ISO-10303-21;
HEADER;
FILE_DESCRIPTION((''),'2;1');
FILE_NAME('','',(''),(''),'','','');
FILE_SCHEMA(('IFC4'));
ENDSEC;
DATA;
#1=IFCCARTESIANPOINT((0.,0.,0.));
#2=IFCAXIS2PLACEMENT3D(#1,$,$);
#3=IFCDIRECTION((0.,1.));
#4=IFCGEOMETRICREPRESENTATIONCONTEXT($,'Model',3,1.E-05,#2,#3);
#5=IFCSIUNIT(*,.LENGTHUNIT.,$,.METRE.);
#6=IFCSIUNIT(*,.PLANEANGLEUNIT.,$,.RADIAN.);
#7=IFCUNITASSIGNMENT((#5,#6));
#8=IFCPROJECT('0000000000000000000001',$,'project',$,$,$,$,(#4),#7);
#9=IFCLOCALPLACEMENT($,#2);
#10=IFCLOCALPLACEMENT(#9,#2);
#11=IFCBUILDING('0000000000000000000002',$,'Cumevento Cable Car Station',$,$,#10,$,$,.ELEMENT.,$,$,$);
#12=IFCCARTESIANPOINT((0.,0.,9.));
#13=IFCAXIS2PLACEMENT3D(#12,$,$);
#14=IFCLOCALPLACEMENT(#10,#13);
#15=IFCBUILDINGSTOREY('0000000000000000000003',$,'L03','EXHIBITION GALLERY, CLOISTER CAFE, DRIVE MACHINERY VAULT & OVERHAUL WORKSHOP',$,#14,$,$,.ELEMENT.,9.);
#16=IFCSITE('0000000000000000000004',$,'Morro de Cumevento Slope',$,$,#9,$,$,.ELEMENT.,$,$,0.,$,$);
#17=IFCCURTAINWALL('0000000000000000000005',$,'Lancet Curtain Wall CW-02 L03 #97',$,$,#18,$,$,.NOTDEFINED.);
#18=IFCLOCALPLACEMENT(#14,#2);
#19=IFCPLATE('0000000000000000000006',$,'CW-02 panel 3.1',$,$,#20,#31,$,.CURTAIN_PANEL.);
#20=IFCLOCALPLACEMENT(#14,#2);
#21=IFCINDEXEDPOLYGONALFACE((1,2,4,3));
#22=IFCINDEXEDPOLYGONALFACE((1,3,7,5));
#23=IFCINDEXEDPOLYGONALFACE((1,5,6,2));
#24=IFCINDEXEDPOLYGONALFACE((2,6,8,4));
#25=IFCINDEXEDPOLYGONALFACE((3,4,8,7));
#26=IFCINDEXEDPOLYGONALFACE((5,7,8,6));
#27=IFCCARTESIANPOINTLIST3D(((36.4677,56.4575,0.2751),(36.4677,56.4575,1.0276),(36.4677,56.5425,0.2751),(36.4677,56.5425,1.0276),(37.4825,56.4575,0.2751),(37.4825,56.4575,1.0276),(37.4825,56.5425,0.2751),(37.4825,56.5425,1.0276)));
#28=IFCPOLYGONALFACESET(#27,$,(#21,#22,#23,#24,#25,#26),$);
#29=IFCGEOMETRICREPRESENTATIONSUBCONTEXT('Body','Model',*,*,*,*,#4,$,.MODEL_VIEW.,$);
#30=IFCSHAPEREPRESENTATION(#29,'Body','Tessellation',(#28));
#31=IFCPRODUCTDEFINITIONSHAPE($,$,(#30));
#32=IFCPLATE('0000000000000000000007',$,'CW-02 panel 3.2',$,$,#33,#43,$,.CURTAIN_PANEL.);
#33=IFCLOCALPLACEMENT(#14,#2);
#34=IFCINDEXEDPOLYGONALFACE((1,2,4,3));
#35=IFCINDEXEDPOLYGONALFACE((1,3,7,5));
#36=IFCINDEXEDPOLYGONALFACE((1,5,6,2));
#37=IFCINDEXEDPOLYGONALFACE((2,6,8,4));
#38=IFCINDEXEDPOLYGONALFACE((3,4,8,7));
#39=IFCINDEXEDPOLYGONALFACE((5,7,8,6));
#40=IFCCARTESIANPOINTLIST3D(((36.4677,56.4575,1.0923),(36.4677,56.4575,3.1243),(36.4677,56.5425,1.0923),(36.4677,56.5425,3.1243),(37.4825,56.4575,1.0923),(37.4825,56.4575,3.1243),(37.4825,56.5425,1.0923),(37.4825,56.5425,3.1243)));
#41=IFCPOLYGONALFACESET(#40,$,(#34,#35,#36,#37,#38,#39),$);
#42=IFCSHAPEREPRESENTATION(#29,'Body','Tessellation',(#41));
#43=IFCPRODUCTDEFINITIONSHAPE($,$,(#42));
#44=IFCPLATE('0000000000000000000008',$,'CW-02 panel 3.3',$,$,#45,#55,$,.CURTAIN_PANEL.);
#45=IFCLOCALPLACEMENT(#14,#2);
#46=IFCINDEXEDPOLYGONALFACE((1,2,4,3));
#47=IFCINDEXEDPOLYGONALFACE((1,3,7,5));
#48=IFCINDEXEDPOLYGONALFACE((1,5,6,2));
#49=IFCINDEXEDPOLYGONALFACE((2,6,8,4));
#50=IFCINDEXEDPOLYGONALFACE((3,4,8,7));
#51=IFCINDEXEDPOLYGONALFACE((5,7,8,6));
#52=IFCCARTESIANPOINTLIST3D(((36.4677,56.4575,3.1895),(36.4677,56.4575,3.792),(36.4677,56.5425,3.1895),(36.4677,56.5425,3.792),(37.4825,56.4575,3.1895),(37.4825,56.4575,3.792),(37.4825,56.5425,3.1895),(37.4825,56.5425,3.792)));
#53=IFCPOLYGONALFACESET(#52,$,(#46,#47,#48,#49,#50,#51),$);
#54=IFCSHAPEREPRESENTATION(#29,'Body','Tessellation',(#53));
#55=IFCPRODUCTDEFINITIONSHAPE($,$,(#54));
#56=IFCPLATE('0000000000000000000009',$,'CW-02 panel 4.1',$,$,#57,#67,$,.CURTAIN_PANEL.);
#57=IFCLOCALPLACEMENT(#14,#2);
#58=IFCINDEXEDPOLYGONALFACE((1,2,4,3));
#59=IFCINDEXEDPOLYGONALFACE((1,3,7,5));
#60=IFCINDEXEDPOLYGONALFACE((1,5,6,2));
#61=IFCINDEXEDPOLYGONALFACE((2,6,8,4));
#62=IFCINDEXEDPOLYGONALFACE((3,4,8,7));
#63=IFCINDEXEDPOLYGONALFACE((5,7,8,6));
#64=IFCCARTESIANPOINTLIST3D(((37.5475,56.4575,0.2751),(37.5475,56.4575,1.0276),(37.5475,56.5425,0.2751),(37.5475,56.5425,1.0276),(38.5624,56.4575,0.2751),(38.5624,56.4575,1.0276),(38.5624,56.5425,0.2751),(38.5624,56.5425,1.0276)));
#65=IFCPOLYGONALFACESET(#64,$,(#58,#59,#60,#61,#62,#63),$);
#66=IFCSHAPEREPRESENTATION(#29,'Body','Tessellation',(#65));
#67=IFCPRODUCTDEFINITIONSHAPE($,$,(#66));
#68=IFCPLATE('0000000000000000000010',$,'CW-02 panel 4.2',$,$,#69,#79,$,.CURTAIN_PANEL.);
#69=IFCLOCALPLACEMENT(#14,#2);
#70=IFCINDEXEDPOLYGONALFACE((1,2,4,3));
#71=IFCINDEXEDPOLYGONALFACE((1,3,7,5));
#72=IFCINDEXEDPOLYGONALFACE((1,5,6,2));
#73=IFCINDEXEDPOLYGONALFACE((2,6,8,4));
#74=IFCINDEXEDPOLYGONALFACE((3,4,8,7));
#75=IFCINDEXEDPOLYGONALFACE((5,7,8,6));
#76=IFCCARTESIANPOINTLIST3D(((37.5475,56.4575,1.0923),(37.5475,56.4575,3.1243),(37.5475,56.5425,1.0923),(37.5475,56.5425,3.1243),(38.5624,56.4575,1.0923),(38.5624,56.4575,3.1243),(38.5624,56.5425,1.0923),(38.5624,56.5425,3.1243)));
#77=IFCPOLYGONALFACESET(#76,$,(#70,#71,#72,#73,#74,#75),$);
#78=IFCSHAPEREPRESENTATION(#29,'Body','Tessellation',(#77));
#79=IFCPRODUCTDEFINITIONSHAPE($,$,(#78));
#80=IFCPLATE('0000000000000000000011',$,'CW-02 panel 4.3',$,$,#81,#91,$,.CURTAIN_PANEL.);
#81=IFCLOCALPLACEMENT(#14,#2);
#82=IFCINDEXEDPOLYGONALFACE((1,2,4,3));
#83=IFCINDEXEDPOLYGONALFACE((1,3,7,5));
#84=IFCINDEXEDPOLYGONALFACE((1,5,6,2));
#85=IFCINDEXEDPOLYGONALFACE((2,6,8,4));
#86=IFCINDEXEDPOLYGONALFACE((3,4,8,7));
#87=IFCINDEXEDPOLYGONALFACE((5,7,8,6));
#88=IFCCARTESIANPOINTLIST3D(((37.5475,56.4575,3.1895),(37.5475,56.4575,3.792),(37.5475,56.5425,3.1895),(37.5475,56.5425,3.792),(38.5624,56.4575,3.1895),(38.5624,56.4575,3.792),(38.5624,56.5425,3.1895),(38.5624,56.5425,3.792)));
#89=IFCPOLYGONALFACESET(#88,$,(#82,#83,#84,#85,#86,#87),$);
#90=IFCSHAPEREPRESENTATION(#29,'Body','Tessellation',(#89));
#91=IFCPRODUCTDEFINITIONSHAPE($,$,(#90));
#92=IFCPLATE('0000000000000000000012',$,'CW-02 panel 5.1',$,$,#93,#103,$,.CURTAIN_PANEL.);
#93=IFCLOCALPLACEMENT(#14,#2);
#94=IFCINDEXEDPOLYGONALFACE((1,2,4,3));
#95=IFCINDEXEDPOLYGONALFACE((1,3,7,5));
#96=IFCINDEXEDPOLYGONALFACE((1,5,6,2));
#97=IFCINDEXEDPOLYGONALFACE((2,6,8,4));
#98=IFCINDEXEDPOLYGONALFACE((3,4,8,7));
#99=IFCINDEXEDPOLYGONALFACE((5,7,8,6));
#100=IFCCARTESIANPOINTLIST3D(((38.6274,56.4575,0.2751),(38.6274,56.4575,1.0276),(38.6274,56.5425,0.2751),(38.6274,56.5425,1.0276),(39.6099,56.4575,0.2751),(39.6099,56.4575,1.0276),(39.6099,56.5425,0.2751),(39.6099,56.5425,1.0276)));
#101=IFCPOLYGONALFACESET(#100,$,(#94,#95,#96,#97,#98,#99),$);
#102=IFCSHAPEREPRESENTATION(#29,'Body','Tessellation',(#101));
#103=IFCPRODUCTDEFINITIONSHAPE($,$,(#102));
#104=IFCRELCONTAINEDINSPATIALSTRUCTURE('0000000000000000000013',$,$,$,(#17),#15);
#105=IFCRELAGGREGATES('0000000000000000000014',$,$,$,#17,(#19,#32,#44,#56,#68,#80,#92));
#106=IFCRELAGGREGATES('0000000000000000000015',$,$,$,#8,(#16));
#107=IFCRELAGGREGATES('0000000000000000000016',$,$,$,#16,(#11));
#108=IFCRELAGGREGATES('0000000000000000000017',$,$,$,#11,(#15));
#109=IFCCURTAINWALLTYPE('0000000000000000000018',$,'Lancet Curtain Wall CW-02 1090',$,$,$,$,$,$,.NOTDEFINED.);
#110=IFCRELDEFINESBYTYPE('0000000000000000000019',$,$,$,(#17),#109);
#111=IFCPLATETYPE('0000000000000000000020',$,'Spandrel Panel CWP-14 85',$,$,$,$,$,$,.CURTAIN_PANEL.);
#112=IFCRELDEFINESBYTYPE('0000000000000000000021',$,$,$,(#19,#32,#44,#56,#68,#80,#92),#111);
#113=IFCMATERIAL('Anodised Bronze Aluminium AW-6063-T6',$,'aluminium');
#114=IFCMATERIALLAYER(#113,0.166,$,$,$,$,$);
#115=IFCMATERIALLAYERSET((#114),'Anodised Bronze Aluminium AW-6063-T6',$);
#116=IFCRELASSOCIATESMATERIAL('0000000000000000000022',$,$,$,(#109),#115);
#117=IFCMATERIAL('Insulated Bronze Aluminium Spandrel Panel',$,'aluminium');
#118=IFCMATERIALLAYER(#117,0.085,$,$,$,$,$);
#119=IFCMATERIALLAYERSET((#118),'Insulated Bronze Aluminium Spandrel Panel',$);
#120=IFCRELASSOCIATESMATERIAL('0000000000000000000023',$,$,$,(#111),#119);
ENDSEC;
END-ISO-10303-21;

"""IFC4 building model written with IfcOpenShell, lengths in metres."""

from ifc_helpers import new_model, si_unit, direction, frame, origin, origin_2d, place, context, subcontext, project, spatial, rectangle, extrude, material, layer, layer_set, type_object, element, aggregate, save


model = new_model("IFC4")

# Units and contexts
model_context = context("Model", 3, precision=1e-05, world=origin(), true_north=direction((0.0, 1.0)))
body_context = subcontext(model_context, "Body", "Model", "MODEL_VIEW")
ifc_project = project(units=[si_unit("LENGTHUNIT", "METRE"), si_unit("PLANEANGLEUNIT", "RADIAN")], contexts=[model_context])

# Site, building, storey
site_placement = place(None, origin())
site = spatial("IfcSite", under=ifc_project, at=site_placement, Name="Morro de Cumevento Slope", CompositionType="ELEMENT", RefElevation=0.0)
building_placement = place(site_placement, origin())
building = spatial("IfcBuilding", under=site, at=building_placement, Name="Cumevento Cable Car Station", CompositionType="ELEMENT")
storey_placement = place(building_placement, frame((0.0, 0.0, 9.0)))
storey = spatial("IfcBuildingStorey", under=building, at=storey_placement, Name="L03", Description="EXHIBITION GALLERY, CLOISTER CAFE, DRIVE MACHINERY VAULT & OVERHAUL WORKSHOP", CompositionType="ELEMENT", Elevation=9.0)

# Curtain wall, plates
ifc_material_1 = material(Name="Anodised Bronze Aluminium AW-6063-T6", Category="aluminium")
ifc_layer_1 = layer(ifc_material_1, 0.166)
ifc_layer_set_1 = layer_set([ifc_layer_1], Name="Anodised Bronze Aluminium AW-6063-T6")
curtain_wall_type = type_object("IfcCurtainWallType", Name="Lancet Curtain Wall CW-02 1090", PredefinedType="NOTDEFINED", material=ifc_layer_set_1)
curtain_wall_placement = place(storey_placement, origin())
curtain_wall = element("IfcCurtainWall", 1, at=curtain_wall_placement, inside=storey, type_object=curtain_wall_type, Name="Lancet Curtain Wall CW-02 L03 #97", PredefinedType="NOTDEFINED")
ifc_material_2 = material(Name="Insulated Bronze Aluminium Spandrel Panel", Category="aluminium")
ifc_layer_2 = layer(ifc_material_2, 0.085)
ifc_layer_set_2 = layer_set([ifc_layer_2], Name="Insulated Bronze Aluminium Spandrel Panel")
plate_type = type_object("IfcPlateType", Name="Spandrel Panel CWP-14 85", PredefinedType="CURTAIN_PANEL", material=ifc_layer_set_2)
plate_1_placement = place(storey_placement, frame((36.9751, 56.5, 0.2751), z_axis=(0.0, 0.0, 1.0), x_axis=(1.0, 0.0, 0.0)))
plate_1 = element("IfcPlate", 2, at=plate_1_placement, type_object=plate_type, Name="CW-02 panel 3.1", PredefinedType="CURTAIN_PANEL", context=body_context, shape_type="SweptSolid", body=[
    extrude(rectangle(XDim=1.0149, YDim=0.085, at=origin_2d()), origin(), (0.0, 0.0, 1.0), 0.7524),
])
plate_2_placement = place(storey_placement, frame((36.9751, 56.5, 1.0923), z_axis=(0.0, 0.0, 1.0), x_axis=(1.0, 0.0, 0.0)))
plate_2 = element("IfcPlate", 3, at=plate_2_placement, type_object=plate_type, Name="CW-02 panel 3.2", PredefinedType="CURTAIN_PANEL", context=body_context, shape_type="SweptSolid", body=[
    extrude(rectangle(XDim=1.0149, YDim=0.085, at=origin_2d()), origin(), (0.0, 0.0, 1.0), 2.032),
])
plate_3_placement = place(storey_placement, frame((36.9751, 56.5, 3.1895), z_axis=(0.0, 0.0, 1.0), x_axis=(1.0, 0.0, 0.0)))
plate_3 = element("IfcPlate", 4, at=plate_3_placement, type_object=plate_type, Name="CW-02 panel 3.3", PredefinedType="CURTAIN_PANEL", context=body_context, shape_type="SweptSolid", body=[
    extrude(rectangle(XDim=1.0149, YDim=0.085, at=origin_2d()), origin(), (0.0, 0.0, 1.0), 0.6025),
])
plate_4_placement = place(storey_placement, frame((38.0549, 56.5, 0.2751), z_axis=(0.0, 0.0, 1.0), x_axis=(1.0, 0.0, 0.0)))
plate_4 = element("IfcPlate", 5, at=plate_4_placement, type_object=plate_type, Name="CW-02 panel 4.1", PredefinedType="CURTAIN_PANEL", context=body_context, shape_type="SweptSolid", body=[
    extrude(rectangle(XDim=1.0149, YDim=0.085, at=origin_2d()), origin(), (0.0, 0.0, 1.0), 0.7524),
])
plate_5_placement = place(storey_placement, frame((38.0549, 56.5, 1.0923), z_axis=(0.0, 0.0, 1.0), x_axis=(1.0, 0.0, 0.0)))
plate_5 = element("IfcPlate", 6, at=plate_5_placement, type_object=plate_type, Name="CW-02 panel 4.2", PredefinedType="CURTAIN_PANEL", context=body_context, shape_type="SweptSolid", body=[
    extrude(rectangle(XDim=1.0149, YDim=0.085, at=origin_2d()), origin(), (0.0, 0.0, 1.0), 2.032),
])
plate_6_placement = place(storey_placement, frame((38.0549, 56.5, 3.1895), z_axis=(0.0, 0.0, 1.0), x_axis=(1.0, 0.0, 0.0)))
plate_6 = element("IfcPlate", 7, at=plate_6_placement, type_object=plate_type, Name="CW-02 panel 4.3", PredefinedType="CURTAIN_PANEL", context=body_context, shape_type="SweptSolid", body=[
    extrude(rectangle(XDim=1.0149, YDim=0.085, at=origin_2d()), origin(), (0.0, 0.0, 1.0), 0.6025),
])
plate_7_placement = place(storey_placement, frame((39.1187, 56.5, 0.2751), z_axis=(0.0, 0.0, 1.0), x_axis=(1.0, 0.0, 0.0)))
plate_7 = element("IfcPlate", 8, at=plate_7_placement, type_object=plate_type, Name="CW-02 panel 5.1", PredefinedType="CURTAIN_PANEL", context=body_context, shape_type="SweptSolid", body=[
    extrude(rectangle(XDim=0.9824, YDim=0.085, at=origin_2d()), origin(), (0.0, 0.0, 1.0), 0.7524),
])
aggregate(curtain_wall, [plate_1, plate_2, plate_3, plate_4, plate_5, plate_6, plate_7])

save(model, "model.ifc")
